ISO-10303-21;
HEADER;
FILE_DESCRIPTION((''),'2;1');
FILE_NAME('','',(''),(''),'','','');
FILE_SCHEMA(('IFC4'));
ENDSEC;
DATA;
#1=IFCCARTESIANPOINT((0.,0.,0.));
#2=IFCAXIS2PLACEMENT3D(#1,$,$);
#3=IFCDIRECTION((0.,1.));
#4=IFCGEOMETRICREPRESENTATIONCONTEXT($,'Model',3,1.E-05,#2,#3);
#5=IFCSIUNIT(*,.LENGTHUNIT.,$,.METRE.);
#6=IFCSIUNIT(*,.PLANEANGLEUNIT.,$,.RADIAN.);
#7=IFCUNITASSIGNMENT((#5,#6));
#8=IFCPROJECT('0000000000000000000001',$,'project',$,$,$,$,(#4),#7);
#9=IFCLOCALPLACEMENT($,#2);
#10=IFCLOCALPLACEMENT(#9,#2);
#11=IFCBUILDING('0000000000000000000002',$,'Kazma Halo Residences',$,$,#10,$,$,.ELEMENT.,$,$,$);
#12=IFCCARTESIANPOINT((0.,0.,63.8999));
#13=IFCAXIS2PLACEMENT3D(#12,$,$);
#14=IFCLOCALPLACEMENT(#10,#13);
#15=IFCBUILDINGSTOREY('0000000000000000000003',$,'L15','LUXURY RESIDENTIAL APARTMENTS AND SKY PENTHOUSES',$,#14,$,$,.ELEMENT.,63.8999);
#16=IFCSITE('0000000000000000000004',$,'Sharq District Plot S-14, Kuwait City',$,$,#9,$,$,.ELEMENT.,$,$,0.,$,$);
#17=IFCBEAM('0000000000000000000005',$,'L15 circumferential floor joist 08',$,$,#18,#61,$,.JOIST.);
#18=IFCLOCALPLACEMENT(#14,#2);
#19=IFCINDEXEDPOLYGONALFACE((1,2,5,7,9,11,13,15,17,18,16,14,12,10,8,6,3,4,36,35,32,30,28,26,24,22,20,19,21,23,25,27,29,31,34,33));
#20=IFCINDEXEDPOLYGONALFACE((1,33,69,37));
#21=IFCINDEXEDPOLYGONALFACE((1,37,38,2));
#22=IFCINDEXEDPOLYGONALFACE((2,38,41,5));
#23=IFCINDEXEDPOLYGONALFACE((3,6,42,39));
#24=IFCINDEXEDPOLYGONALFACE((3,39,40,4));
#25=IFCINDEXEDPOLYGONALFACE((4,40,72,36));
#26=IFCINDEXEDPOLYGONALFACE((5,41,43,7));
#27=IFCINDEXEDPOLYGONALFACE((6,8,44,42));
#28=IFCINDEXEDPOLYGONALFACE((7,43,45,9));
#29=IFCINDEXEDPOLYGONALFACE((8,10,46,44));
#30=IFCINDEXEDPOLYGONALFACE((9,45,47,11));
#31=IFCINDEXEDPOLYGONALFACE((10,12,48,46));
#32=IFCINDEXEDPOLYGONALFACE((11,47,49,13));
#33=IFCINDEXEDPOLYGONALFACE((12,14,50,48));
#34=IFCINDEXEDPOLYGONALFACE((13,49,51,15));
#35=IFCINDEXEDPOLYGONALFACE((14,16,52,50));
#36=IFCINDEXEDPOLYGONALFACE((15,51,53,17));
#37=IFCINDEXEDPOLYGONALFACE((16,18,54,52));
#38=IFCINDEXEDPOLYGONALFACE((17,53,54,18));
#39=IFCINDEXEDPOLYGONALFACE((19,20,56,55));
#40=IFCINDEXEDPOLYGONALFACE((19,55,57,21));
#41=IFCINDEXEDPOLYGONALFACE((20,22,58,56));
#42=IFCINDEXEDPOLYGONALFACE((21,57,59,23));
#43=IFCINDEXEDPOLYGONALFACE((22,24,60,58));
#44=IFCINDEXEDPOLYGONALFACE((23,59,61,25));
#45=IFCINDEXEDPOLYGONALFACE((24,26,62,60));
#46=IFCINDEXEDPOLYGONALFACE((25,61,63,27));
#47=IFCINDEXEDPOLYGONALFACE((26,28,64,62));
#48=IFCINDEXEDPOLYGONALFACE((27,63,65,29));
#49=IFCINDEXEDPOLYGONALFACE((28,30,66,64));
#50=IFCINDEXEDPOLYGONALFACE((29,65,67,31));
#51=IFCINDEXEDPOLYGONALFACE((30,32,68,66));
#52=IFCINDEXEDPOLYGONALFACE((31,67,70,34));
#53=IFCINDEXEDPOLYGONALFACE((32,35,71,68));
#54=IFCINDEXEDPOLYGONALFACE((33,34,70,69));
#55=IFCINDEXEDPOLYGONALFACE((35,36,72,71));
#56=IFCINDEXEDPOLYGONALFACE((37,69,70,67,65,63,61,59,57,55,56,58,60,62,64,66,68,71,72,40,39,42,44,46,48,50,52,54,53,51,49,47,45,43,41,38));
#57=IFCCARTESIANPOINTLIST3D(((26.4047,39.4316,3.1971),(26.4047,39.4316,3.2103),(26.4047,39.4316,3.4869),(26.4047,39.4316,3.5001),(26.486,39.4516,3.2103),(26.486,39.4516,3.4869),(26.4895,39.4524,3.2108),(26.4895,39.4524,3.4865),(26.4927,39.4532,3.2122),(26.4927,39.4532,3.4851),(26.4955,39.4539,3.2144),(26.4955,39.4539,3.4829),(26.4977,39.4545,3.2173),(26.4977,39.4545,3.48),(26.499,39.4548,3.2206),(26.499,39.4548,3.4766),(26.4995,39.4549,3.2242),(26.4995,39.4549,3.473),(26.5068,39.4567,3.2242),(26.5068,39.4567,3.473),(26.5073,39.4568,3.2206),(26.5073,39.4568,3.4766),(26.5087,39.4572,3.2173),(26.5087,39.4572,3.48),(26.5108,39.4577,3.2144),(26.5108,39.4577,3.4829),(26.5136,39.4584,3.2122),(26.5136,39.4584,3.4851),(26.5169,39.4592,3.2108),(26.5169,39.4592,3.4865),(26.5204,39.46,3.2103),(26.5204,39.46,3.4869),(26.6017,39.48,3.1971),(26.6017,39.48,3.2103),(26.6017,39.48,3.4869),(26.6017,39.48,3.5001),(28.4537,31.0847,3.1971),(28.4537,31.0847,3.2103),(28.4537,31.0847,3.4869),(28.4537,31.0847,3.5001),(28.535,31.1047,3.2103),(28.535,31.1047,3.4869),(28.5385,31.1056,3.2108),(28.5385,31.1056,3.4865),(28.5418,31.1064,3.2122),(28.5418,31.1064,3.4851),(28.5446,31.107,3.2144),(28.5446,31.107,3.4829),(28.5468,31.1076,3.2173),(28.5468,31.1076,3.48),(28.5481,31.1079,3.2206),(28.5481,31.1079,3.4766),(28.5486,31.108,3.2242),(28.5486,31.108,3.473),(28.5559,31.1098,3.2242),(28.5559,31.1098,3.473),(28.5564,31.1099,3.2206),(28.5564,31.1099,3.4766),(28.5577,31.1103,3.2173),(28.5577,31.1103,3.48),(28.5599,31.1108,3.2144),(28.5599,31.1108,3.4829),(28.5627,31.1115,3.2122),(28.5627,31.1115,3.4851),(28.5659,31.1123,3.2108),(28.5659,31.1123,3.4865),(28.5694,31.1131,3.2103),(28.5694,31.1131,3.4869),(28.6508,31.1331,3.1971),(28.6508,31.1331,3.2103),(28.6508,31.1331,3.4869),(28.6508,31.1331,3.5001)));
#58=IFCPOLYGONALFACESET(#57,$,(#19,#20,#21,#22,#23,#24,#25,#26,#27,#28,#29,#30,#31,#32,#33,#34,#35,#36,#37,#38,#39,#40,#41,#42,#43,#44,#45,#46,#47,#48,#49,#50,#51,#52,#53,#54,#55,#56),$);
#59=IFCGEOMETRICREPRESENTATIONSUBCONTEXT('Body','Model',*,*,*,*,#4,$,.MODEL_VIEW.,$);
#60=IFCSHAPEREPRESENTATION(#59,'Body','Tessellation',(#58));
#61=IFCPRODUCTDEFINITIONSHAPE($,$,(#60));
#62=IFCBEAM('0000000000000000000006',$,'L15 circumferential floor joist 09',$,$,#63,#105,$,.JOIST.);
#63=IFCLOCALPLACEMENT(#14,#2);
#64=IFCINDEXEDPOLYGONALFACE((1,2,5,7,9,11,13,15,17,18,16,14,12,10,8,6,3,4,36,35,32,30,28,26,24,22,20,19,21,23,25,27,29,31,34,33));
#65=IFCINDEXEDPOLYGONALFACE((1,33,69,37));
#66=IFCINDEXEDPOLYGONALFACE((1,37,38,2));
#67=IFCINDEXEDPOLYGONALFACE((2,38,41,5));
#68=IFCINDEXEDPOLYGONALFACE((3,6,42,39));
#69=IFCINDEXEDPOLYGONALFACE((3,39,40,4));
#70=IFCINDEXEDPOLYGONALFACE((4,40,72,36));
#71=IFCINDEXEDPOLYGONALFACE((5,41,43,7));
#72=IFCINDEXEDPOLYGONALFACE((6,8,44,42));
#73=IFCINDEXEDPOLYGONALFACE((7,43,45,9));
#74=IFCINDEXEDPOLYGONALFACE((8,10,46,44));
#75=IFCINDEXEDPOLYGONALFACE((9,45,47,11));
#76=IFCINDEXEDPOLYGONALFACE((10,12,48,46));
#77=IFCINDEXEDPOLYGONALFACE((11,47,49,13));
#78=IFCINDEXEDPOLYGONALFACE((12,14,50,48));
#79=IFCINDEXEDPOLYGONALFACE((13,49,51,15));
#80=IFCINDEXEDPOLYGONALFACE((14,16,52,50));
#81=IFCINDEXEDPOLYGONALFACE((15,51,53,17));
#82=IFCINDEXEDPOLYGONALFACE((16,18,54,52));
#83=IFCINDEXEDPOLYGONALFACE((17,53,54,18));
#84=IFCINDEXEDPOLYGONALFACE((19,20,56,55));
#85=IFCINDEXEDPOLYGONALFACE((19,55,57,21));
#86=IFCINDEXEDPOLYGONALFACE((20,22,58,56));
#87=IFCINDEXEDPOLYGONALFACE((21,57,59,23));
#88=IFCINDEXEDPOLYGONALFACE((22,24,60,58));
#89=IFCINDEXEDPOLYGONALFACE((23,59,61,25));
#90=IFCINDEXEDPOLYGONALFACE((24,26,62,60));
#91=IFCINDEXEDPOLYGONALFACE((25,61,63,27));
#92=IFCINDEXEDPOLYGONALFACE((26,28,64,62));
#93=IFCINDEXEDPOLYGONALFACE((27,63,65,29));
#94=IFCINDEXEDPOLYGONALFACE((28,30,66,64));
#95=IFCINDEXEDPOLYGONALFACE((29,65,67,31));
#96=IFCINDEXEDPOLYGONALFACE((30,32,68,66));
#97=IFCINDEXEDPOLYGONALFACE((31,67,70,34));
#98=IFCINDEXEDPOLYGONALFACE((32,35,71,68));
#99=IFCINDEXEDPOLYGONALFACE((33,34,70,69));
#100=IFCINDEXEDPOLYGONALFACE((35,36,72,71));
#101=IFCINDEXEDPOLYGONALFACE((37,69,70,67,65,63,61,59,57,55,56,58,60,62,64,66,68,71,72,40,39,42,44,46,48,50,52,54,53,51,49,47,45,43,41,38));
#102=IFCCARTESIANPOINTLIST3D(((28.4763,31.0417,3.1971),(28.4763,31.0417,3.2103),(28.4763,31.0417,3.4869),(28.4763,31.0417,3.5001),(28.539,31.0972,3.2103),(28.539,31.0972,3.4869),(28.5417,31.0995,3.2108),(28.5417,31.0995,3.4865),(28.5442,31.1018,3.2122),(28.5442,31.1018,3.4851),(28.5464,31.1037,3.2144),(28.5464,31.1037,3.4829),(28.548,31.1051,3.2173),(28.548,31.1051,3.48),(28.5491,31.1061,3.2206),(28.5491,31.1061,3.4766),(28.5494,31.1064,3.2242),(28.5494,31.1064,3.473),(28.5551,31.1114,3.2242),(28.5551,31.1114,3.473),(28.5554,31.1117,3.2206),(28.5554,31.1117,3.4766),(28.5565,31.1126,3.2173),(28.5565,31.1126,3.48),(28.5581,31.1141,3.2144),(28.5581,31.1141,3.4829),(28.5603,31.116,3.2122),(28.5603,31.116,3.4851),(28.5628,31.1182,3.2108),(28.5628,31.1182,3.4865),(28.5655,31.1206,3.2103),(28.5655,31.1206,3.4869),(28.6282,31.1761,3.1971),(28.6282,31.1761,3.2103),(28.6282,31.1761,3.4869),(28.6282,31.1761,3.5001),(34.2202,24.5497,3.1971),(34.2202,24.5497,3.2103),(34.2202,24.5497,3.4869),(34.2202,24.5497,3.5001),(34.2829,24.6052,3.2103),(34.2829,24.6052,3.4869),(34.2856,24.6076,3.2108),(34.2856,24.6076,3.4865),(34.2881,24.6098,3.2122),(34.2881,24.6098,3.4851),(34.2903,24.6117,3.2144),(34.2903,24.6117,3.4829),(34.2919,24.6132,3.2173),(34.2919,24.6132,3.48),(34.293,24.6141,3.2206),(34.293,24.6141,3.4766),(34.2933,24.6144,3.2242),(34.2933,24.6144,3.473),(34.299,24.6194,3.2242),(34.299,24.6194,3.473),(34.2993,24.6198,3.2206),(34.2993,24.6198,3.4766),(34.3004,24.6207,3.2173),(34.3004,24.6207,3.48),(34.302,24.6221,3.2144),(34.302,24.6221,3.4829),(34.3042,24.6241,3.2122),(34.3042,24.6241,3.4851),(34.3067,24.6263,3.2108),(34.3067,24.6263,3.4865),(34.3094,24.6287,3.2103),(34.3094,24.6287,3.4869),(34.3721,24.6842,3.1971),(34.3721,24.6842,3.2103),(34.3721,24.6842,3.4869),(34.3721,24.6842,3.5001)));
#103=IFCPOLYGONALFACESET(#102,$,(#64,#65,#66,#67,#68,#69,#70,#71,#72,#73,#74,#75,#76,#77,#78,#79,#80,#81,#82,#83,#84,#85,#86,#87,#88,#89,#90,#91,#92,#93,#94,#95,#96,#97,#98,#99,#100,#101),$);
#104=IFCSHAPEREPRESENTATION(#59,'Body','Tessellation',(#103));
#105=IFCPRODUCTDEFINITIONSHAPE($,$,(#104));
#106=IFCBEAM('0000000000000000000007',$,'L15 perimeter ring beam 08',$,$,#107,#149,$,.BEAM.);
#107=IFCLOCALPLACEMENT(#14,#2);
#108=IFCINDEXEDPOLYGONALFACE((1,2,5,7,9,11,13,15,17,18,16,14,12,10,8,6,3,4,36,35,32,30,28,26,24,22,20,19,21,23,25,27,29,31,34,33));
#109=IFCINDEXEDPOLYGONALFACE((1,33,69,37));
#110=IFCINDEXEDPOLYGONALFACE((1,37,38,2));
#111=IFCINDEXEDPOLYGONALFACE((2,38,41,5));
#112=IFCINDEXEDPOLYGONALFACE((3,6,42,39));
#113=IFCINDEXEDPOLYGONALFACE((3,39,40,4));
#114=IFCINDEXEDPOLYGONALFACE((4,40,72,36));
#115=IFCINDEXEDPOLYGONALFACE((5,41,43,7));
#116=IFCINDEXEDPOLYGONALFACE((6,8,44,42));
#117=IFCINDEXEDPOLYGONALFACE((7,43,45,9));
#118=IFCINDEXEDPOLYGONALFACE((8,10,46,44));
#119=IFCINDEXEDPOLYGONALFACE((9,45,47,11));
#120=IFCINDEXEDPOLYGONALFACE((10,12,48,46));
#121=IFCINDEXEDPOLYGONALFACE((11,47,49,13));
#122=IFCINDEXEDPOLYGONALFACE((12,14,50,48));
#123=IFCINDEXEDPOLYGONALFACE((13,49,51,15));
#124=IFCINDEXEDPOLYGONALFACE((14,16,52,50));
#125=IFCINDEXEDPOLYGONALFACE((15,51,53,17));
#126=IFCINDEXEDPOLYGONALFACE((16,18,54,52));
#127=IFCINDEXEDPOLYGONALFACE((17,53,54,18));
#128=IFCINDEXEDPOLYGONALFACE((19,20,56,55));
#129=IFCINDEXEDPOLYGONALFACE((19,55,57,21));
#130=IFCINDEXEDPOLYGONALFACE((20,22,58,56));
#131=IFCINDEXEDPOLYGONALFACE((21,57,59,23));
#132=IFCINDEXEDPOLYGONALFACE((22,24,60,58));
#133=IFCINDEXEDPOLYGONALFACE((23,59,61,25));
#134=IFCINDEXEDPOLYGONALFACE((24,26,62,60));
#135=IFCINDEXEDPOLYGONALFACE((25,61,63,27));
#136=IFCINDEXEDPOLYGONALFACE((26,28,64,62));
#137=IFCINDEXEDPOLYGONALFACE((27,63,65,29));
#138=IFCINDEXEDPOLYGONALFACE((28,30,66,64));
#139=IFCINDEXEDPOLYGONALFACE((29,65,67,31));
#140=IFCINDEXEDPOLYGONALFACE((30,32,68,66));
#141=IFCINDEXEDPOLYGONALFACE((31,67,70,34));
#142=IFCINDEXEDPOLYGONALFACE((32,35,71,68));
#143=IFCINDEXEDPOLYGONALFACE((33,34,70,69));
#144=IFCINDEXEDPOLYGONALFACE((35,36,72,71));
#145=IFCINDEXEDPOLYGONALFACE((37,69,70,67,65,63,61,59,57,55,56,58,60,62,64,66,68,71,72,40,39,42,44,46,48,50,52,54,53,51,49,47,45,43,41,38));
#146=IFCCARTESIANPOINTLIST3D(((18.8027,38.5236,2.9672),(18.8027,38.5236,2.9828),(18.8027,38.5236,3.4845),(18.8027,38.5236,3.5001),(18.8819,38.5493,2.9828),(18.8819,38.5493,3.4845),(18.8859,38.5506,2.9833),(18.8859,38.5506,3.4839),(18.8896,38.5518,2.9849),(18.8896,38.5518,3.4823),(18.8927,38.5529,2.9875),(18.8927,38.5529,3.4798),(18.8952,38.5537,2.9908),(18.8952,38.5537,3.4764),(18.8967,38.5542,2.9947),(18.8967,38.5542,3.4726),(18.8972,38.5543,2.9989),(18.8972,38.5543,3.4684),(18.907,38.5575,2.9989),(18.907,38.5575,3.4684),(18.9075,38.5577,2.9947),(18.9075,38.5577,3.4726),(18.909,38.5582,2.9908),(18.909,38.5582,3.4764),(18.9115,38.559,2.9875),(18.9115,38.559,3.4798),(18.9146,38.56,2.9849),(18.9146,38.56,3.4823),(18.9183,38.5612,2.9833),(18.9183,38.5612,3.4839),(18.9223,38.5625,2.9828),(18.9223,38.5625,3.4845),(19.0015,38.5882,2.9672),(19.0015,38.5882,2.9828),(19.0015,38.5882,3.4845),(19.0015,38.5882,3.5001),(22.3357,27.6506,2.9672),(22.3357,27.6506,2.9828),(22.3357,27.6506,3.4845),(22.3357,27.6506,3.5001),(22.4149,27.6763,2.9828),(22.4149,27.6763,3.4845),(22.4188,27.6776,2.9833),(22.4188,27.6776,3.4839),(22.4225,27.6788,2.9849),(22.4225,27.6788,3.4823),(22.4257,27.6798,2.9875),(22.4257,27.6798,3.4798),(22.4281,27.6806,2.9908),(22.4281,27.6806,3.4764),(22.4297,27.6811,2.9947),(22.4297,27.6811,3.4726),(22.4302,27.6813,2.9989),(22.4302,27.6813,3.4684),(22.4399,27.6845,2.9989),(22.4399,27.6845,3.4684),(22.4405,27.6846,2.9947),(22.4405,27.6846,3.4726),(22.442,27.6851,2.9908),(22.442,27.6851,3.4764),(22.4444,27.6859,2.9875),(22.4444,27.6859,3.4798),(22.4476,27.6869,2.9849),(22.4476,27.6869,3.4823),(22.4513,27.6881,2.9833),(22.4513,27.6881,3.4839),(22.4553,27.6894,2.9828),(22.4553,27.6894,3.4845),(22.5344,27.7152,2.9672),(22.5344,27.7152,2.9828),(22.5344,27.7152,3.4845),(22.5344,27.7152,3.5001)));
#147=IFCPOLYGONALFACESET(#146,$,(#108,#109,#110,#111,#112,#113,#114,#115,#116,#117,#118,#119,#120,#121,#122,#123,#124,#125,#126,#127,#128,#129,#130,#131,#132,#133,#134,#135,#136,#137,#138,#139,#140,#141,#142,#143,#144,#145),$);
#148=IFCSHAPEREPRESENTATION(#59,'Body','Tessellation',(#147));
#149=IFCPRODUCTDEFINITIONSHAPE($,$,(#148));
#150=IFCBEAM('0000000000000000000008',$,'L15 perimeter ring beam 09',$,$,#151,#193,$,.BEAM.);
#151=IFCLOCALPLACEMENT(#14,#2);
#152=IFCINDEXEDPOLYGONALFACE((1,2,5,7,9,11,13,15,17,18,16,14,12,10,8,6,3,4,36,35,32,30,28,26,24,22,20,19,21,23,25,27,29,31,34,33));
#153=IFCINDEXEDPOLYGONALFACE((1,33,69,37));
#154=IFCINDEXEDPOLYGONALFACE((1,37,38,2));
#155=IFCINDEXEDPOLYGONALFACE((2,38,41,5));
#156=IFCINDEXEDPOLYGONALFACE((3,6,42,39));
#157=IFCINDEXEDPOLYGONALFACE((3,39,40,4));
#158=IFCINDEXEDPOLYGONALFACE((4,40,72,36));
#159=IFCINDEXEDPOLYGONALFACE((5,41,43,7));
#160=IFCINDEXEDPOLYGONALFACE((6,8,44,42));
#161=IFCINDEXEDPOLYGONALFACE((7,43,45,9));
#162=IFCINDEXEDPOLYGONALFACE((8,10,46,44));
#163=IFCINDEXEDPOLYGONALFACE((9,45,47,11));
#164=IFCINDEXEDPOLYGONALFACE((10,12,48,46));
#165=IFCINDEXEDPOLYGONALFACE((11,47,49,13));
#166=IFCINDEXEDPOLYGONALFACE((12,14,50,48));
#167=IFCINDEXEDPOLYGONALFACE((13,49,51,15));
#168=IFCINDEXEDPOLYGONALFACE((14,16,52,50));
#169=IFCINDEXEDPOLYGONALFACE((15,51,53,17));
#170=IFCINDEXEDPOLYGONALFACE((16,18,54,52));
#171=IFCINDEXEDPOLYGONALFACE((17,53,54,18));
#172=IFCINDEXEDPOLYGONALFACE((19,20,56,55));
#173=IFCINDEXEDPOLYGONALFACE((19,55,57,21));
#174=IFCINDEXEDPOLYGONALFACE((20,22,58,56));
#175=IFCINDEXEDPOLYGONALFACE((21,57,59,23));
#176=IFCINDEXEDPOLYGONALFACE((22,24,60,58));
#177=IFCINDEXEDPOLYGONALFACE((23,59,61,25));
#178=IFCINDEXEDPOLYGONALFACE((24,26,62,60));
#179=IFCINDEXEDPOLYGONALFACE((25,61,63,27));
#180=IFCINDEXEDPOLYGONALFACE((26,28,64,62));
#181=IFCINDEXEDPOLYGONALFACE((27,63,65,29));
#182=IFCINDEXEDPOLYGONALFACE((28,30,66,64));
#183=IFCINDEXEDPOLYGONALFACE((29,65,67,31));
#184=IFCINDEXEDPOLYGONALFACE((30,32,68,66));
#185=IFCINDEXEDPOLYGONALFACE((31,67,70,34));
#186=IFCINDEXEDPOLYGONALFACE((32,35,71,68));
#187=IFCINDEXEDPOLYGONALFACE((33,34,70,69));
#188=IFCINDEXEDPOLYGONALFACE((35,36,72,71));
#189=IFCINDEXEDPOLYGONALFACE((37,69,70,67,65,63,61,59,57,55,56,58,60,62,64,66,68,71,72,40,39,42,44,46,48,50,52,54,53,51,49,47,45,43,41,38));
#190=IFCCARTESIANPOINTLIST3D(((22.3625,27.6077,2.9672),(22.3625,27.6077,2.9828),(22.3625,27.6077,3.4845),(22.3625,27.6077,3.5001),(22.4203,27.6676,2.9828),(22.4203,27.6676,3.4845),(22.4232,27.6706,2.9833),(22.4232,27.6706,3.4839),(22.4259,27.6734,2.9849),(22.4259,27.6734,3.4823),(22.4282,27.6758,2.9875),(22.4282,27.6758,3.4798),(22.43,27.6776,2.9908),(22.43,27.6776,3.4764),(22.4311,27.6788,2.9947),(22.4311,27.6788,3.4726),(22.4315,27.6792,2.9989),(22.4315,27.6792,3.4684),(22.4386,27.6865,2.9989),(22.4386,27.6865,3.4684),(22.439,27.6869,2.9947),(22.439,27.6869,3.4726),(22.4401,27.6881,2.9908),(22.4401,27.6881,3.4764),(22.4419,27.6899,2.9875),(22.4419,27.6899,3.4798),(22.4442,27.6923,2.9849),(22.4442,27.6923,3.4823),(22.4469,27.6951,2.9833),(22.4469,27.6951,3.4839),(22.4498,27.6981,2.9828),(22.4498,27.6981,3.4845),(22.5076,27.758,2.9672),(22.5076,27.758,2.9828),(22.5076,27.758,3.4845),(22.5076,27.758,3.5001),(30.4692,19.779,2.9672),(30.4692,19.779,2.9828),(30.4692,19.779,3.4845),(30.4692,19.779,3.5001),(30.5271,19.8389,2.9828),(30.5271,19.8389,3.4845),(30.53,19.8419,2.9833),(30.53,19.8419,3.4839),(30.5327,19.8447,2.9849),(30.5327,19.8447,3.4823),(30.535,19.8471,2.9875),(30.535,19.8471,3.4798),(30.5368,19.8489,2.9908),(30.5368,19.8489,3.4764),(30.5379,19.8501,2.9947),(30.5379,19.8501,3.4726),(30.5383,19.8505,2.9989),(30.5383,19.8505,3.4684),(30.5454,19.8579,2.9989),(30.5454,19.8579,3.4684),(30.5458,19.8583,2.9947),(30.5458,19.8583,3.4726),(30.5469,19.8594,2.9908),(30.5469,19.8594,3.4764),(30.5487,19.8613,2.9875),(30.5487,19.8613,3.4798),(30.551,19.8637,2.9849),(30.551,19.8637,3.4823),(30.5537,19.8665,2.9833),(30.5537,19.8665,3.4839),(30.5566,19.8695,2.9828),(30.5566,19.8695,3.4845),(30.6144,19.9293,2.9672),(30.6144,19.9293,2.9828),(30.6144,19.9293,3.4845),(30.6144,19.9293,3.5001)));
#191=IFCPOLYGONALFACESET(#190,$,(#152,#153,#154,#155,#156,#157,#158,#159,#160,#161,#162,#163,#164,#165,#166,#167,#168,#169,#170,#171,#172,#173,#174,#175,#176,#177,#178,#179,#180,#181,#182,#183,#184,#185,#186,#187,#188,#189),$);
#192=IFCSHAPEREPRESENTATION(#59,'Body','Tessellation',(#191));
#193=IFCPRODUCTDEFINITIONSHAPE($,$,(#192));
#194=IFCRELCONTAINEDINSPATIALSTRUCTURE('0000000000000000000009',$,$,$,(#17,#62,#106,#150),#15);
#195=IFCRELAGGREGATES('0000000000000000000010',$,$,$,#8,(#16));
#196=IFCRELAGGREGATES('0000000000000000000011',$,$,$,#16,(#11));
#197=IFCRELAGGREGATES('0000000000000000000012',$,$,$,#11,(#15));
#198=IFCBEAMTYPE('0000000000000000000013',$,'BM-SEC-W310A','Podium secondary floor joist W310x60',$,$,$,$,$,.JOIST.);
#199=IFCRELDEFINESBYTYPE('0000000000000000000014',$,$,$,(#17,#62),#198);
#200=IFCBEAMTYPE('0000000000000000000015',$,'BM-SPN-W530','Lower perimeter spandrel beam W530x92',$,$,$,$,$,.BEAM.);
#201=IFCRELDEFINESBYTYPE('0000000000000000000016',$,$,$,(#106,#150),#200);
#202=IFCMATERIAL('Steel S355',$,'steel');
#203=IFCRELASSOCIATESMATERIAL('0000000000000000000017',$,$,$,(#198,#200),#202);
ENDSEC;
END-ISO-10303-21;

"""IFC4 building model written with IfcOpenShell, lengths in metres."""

from ifc_helpers import new_model, si_unit, direction, frame, origin, origin_2d, place, context, subcontext, project, spatial, i_section, extrude, material, material_profile, profile_set, type_object, element, save


model = new_model("IFC4")

# Units and contexts
model_context = context("Model", 3, precision=1e-05, world=origin(), true_north=direction((0.0, 1.0)))
body_context = subcontext(model_context, "Body", "Model", "MODEL_VIEW")
ifc_project = project(units=[si_unit("LENGTHUNIT", "METRE"), si_unit("PLANEANGLEUNIT", "RADIAN")], contexts=[model_context])

# Site, building, storey
site_placement = place(None, origin())
site = spatial("IfcSite", under=ifc_project, at=site_placement, Name="Sharq District Plot S-14, Kuwait City", CompositionType="ELEMENT", RefElevation=0.0)
building_placement = place(site_placement, origin())
building = spatial("IfcBuilding", under=site, at=building_placement, Name="Kazma Halo Residences", CompositionType="ELEMENT")
storey_placement = place(building_placement, frame((0.0, 0.0, 63.8999)))
storey = spatial("IfcBuildingStorey", under=building, at=storey_placement, Name="L15", Description="LUXURY RESIDENTIAL APARTMENTS AND SKY PENTHOUSES", CompositionType="ELEMENT", Elevation=63.8999)

# Beams
ifc_material_1 = material(Name="Steel S355", Category="steel")
ifc_material_profile_1 = material_profile(ifc_material_1, i_section(OverallWidth=0.2029, OverallDepth=0.303, WebThickness=0.0076, FlangeThickness=0.0132, FilletRadius=0.0139, at=origin_2d()), Name="W310x60")
ifc_profile_set_1 = profile_set([ifc_material_profile_1], Name="Steel S355")
beam_type_1 = type_object("IfcBeamType", Name="BM-SEC-W310A", Description="Podium secondary floor joist W310x60", PredefinedType="JOIST", material=ifc_profile_set_1)
beam_1_placement = place(storey_placement, frame((26.5032, 39.4558, 3.3486), z_axis=(0.23841, -0.971165, 0.0), x_axis=(0.971165, 0.23841, 0.0)))
element("IfcBeam", 1, at=beam_1_placement, inside=storey, type_object=beam_type_1, Name="L15 circumferential floor joist 08", PredefinedType="JOIST", context=body_context, shape_type="SweptSolid", body=[
    extrude(i_section(OverallWidth=0.2029, OverallDepth=0.303, WebThickness=0.0076, FlangeThickness=0.0132, FilletRadius=0.0139, at=origin_2d()), origin(), (0.0, 0.0, 1.0), 8.5947),
])
beam_2_placement = place(storey_placement, frame((28.5522, 31.1089, 3.3486), z_axis=(0.66264, -0.748938, 0.0), x_axis=(0.748938, 0.66264, 0.0)))
element("IfcBeam", 2, at=beam_2_placement, inside=storey, type_object=beam_type_1, Name="L15 circumferential floor joist 09", PredefinedType="JOIST", context=body_context, shape_type="SweptSolid", body=[
    extrude(i_section(OverallWidth=0.2029, OverallDepth=0.303, WebThickness=0.0076, FlangeThickness=0.0132, FilletRadius=0.0139, at=origin_2d()), origin(), (0.0, 0.0, 1.0), 8.6682),
])
ifc_material_profile_2 = material_profile(ifc_material_1, i_section(OverallWidth=0.209, OverallDepth=0.533, WebThickness=0.0103, FlangeThickness=0.0156, FilletRadius=0.0161, at=origin_2d()), Name="W530x92")
ifc_profile_set_2 = profile_set([ifc_material_profile_2], Name="Steel S355")
beam_type_2 = type_object("IfcBeamType", Name="BM-SPN-W530", Description="Lower perimeter spandrel beam W530x92", PredefinedType="BEAM", material=ifc_profile_set_2)
beam_3_placement = place(storey_placement, frame((18.9021, 38.5559, 3.2336), z_axis=(0.309024, -0.951054, 0.0), x_axis=(0.951054, 0.309024, 0.0)))
element("IfcBeam", 3, at=beam_3_placement, inside=storey, type_object=beam_type_2, Name="L15 perimeter ring beam 08", PredefinedType="BEAM", context=body_context, shape_type="SweptSolid", body=[
    extrude(i_section(OverallWidth=0.209, OverallDepth=0.533, WebThickness=0.0103, FlangeThickness=0.0156, FilletRadius=0.0161, at=origin_2d()), origin(), (0.0, 0.0, 1.0), 11.4326),
])
beam_4_placement = place(storey_placement, frame((22.4351, 27.6829, 3.2336), z_axis=(0.719337, -0.694662, 0.0), x_axis=(0.694662, 0.719337, 0.0)))
element("IfcBeam", 4, at=beam_4_placement, inside=storey, type_object=beam_type_2, Name="L15 perimeter ring beam 09", PredefinedType="BEAM", context=body_context, shape_type="SweptSolid", body=[
    extrude(i_section(OverallWidth=0.209, OverallDepth=0.533, WebThickness=0.0103, FlangeThickness=0.0156, FilletRadius=0.0161, at=origin_2d()), origin(), (0.0, 0.0, 1.0), 11.2698),
])

save(model, "model.ifc")
